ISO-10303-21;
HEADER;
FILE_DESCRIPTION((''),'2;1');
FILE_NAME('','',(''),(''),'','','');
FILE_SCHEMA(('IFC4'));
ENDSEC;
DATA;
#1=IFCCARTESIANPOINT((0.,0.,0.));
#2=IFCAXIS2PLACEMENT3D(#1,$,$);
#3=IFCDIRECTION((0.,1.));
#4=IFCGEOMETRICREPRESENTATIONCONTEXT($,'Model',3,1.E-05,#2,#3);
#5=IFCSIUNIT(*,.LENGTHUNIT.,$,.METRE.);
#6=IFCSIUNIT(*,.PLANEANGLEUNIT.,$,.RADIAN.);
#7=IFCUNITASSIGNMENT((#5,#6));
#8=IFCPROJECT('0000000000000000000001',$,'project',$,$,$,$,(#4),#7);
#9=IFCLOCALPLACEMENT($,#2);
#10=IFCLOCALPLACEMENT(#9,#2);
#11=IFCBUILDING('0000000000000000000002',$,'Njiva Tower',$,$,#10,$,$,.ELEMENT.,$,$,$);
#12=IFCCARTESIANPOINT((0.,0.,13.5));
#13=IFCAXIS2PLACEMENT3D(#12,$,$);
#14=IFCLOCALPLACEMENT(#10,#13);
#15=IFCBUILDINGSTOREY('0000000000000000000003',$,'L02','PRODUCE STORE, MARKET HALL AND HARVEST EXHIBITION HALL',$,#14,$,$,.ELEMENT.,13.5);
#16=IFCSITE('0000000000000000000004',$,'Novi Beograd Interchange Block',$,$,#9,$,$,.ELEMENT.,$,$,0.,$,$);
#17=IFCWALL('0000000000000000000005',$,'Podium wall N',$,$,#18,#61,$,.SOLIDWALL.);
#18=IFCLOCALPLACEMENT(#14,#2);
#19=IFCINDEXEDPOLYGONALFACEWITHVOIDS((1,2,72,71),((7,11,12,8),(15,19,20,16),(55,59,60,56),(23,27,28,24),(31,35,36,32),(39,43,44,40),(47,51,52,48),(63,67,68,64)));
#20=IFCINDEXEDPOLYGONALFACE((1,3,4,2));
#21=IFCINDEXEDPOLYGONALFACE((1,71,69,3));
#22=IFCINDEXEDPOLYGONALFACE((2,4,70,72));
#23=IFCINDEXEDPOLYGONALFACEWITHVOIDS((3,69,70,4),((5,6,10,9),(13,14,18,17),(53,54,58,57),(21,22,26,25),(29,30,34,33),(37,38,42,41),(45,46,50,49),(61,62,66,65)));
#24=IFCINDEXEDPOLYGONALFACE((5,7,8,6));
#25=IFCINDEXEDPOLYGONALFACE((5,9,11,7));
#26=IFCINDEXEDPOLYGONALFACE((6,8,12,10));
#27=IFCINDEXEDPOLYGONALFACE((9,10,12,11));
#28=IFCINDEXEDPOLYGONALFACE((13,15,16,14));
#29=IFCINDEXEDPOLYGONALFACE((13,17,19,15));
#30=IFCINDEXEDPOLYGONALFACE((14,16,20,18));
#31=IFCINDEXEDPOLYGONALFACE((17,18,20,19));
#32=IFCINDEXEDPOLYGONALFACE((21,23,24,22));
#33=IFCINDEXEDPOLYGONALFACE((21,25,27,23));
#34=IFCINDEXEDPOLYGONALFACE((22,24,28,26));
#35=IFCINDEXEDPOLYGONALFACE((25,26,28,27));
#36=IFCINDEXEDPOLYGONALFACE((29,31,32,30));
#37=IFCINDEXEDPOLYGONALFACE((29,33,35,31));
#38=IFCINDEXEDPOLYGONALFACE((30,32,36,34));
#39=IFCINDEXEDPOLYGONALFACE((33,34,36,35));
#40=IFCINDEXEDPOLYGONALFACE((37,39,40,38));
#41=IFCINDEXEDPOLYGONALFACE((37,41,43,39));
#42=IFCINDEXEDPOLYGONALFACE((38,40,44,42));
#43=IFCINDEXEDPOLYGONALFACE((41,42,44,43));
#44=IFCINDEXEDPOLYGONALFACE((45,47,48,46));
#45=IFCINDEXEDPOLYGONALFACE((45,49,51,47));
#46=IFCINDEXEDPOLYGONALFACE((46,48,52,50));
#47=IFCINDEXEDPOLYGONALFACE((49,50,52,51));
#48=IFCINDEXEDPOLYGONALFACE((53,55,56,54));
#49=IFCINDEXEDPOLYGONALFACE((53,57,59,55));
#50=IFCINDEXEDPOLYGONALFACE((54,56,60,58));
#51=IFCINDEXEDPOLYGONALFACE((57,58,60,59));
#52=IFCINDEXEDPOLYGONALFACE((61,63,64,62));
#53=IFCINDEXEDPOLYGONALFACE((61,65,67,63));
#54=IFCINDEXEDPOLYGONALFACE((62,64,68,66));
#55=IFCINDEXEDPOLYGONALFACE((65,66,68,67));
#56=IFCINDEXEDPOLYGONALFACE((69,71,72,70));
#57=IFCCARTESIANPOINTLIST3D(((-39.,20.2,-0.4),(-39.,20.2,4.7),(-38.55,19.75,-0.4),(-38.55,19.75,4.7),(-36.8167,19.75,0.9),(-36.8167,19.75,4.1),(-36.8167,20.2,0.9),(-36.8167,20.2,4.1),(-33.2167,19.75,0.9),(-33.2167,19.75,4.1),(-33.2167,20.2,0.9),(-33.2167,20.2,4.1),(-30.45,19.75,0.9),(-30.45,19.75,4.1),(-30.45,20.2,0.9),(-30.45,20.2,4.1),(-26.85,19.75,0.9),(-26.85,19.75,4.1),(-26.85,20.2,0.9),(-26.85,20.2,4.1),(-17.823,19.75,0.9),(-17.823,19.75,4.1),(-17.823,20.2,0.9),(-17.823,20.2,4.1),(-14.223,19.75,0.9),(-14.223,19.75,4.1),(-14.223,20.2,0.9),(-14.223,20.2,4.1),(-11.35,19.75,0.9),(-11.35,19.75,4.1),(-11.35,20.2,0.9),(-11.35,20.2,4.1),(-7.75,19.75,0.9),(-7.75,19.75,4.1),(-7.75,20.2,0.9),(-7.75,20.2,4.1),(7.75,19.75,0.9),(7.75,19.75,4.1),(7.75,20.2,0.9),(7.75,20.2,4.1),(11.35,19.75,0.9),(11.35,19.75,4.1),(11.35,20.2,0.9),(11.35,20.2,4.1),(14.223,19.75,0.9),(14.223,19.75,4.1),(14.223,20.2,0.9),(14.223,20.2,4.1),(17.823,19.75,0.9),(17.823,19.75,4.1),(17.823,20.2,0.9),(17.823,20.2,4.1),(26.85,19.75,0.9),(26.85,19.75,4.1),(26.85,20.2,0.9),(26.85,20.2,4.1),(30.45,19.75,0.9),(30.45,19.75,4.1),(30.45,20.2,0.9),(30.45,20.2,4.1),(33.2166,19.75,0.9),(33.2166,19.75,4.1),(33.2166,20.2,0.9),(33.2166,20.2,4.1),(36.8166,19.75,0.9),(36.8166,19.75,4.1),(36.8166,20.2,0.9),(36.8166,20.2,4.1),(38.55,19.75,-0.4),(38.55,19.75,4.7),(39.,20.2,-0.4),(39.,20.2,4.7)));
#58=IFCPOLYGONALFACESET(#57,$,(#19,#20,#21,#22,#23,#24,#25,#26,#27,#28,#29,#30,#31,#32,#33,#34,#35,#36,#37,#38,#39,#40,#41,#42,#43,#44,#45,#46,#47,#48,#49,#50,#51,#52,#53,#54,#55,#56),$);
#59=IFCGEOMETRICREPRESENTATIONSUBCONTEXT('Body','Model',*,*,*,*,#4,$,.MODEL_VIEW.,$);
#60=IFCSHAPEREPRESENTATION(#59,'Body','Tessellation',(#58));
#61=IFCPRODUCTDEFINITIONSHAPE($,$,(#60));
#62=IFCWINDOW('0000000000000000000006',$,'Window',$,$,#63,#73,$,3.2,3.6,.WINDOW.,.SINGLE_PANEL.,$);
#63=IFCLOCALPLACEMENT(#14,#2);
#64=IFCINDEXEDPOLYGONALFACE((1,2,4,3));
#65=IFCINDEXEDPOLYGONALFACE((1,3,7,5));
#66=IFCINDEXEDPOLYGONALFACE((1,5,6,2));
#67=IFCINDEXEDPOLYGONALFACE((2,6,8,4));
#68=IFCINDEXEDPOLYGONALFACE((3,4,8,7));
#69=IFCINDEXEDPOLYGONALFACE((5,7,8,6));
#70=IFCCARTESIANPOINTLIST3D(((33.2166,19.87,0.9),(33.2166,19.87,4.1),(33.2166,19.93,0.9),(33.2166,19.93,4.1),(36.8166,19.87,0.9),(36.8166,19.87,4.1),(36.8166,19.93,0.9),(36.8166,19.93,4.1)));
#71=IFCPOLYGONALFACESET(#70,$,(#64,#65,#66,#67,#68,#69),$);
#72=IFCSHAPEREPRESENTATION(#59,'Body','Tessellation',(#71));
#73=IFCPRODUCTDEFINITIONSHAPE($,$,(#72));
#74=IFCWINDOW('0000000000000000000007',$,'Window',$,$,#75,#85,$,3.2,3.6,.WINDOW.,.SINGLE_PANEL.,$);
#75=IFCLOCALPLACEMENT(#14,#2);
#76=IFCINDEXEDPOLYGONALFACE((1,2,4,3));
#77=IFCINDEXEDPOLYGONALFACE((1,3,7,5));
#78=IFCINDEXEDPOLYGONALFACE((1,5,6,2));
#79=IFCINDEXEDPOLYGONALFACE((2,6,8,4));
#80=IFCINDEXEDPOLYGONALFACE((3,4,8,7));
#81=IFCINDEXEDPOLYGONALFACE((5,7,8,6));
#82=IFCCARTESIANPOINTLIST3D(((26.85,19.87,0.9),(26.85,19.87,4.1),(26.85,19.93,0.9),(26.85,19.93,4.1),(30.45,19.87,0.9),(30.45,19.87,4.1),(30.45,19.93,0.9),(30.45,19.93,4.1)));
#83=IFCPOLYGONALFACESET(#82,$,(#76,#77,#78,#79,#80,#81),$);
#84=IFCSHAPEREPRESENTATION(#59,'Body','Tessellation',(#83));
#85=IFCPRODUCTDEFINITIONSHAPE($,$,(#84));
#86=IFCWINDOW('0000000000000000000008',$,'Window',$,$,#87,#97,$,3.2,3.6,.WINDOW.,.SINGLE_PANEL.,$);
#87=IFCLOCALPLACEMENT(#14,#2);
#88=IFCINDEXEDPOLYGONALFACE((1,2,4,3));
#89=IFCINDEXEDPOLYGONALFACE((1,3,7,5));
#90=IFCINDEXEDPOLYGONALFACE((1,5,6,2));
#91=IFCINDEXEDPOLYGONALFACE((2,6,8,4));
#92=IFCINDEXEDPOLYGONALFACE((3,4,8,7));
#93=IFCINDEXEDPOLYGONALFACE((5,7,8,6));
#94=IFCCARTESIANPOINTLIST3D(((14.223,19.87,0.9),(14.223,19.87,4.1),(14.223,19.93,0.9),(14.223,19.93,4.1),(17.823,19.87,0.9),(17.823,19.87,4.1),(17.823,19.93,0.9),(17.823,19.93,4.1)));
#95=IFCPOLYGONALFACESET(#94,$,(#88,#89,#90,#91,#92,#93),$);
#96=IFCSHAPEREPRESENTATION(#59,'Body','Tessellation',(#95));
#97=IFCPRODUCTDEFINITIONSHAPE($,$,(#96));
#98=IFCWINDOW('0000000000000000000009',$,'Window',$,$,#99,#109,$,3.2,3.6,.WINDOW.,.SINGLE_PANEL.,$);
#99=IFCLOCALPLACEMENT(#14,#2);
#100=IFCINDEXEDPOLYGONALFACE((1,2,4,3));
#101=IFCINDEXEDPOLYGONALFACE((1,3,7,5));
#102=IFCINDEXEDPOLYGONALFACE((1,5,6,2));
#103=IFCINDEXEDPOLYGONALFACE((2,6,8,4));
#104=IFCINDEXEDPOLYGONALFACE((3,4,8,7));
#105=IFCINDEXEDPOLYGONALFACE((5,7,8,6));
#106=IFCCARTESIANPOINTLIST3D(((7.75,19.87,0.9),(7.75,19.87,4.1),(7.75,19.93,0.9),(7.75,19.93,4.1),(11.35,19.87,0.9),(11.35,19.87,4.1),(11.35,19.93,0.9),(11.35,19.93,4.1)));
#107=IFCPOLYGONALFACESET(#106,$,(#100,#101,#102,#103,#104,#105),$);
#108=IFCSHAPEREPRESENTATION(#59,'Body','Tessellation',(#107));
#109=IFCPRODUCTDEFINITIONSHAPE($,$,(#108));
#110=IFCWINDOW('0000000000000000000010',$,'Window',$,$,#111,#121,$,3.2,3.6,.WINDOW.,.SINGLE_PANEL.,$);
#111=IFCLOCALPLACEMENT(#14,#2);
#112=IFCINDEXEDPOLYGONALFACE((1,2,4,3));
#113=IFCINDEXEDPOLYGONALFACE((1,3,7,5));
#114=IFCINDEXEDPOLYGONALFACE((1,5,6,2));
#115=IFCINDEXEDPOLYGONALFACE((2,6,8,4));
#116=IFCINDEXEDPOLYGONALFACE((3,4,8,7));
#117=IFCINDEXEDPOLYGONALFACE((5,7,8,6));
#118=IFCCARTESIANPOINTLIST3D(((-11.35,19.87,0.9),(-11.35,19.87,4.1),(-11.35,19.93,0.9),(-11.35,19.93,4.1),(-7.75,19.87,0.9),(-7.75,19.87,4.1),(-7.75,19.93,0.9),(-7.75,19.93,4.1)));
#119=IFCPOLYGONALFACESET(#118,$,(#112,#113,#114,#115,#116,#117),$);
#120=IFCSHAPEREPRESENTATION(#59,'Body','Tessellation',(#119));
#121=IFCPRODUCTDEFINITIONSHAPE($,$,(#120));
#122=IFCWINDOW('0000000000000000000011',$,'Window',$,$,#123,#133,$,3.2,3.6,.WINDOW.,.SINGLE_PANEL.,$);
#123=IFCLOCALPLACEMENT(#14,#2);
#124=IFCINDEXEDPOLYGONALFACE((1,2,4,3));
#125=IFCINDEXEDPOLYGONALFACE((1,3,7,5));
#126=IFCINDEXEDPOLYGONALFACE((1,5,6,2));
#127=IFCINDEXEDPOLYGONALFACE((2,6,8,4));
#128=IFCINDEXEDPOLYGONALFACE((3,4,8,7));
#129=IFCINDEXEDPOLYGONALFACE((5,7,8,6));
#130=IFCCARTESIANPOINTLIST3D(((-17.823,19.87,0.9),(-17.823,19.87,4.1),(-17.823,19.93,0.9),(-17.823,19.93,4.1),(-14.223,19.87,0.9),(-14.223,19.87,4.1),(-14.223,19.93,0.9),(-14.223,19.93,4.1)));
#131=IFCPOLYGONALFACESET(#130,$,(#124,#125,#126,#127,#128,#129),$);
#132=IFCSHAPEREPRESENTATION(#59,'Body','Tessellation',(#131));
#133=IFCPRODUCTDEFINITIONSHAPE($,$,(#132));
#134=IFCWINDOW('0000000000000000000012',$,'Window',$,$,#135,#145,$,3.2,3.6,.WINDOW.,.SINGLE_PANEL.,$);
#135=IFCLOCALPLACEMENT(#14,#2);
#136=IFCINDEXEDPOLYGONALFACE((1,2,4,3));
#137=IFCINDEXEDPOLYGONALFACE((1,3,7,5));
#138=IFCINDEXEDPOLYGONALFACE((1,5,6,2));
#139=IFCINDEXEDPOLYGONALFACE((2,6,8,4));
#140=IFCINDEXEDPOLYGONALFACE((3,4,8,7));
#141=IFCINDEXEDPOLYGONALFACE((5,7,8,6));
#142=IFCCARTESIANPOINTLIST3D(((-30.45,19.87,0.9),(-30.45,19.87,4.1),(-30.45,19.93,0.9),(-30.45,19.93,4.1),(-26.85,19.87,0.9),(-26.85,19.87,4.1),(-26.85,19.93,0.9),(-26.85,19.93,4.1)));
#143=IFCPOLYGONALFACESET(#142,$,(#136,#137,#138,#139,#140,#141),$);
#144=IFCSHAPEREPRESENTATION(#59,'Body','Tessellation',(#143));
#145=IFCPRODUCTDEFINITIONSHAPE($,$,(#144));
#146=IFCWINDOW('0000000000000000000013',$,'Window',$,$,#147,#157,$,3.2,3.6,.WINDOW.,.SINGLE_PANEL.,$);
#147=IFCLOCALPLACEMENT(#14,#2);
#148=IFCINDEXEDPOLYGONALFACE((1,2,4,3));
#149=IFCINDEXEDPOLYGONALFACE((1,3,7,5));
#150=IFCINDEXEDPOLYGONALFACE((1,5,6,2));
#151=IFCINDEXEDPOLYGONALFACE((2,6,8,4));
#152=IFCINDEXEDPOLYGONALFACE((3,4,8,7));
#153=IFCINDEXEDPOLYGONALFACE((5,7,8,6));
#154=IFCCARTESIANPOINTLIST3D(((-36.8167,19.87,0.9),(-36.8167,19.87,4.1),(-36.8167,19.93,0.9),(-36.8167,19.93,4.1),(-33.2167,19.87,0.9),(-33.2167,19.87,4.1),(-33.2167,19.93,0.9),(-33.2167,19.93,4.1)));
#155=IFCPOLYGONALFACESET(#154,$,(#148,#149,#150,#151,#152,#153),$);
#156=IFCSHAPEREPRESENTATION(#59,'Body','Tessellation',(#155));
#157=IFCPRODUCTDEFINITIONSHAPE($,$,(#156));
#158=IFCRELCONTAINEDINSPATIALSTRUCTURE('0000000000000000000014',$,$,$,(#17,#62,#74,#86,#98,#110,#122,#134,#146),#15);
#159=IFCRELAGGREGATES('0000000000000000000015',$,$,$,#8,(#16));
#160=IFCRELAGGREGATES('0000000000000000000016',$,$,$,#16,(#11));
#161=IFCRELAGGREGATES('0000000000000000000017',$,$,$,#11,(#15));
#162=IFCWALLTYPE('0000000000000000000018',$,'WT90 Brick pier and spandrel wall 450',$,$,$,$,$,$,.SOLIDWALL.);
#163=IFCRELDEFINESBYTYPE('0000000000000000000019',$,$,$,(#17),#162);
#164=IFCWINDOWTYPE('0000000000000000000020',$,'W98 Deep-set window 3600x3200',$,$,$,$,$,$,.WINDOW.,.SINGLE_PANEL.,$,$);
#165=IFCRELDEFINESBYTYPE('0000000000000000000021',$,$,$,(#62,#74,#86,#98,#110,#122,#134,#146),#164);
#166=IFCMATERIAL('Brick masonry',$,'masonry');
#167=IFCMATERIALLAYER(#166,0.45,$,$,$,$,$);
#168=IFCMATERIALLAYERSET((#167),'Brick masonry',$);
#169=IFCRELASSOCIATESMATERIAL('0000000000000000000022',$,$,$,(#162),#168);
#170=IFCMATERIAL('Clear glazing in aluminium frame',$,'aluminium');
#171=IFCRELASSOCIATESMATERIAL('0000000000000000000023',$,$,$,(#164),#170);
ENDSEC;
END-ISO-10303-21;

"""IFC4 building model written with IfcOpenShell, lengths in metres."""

from ifc_helpers import new_model, si_unit, direction, frame, frame_2d, origin, place, context, subcontext, project, spatial, polyline, rectangle, outline, extrude, material, layer, layer_set, type_object, element, fill, save


model = new_model("IFC4")

# Units and contexts
model_context = context("Model", 3, precision=1e-05, world=origin(), true_north=direction((0.0, 1.0)))
body_context = subcontext(model_context, "Body", "Model", "MODEL_VIEW")
ifc_project = project(units=[si_unit("LENGTHUNIT", "METRE"), si_unit("PLANEANGLEUNIT", "RADIAN")], contexts=[model_context])

# Site, building, storey
site_placement = place(None, origin())
site = spatial("IfcSite", under=ifc_project, at=site_placement, Name="Novi Beograd Interchange Block", CompositionType="ELEMENT", RefElevation=0.0)
building_placement = place(site_placement, origin())
building = spatial("IfcBuilding", under=site, at=building_placement, Name="Njiva Tower", CompositionType="ELEMENT")
storey_placement = place(building_placement, frame((0.0, 0.0, 13.5)))
storey = spatial("IfcBuildingStorey", under=building, at=storey_placement, Name="L02", Description="PRODUCE STORE, MARKET HALL AND HARVEST EXHIBITION HALL", CompositionType="ELEMENT", Elevation=13.5)

# Wall, openings, windows
ifc_material_1 = material(Name="Brick masonry", Category="masonry")
ifc_layer_1 = layer(ifc_material_1, 0.45)
ifc_layer_set_1 = layer_set([ifc_layer_1], Name="Brick masonry")
wall_type_1 = type_object("IfcWallType", Name="WT90 Brick pier and spandrel wall 450", PredefinedType="SOLIDWALL", material=ifc_layer_set_1)
wall_1_placement = place(storey_placement, frame((38.775, 19.975, -0.4), z_axis=(0.0, 0.0, 1.0), x_axis=(-1.0, 0.0, 0.0)))
wall_1 = element("IfcWall", 1, at=wall_1_placement, inside=storey, type_object=wall_type_1, Name="Podium wall N", PredefinedType="SOLIDWALL", context=body_context, shape_type="SweptSolid", body=[
    extrude(outline(polyline([(-0.225, -0.225), (77.775, -0.225), (77.325, 0.225), (0.225, 0.225), (-0.225, -0.225)])), origin(), (0.0, 0.0, 1.0), 5.1),
])
opening_1_placement = place(wall_1_placement, frame((1.9584, 0.0, 1.3)))
opening_1 = element("IfcOpeningElement", 2, at=opening_1_placement, cuts=wall_1, PredefinedType="OPENING", context=body_context, shape_type="SweptSolid", body=[
    extrude(rectangle(XDim=3.6, YDim=3.2, at=frame_2d((1.8, 1.6))), frame((0.0, 0.235, 0.0), z_axis=(0.0, -1.0, 0.0), x_axis=(1.0, 0.0, 0.0)), (0.0, 0.0, 1.0), 0.47),
])
opening_2_placement = place(wall_1_placement, frame((8.325, 0.0, 1.3)))
opening_2 = element("IfcOpeningElement", 3, at=opening_2_placement, cuts=wall_1, PredefinedType="OPENING", context=body_context, shape_type="SweptSolid", body=[
    extrude(rectangle(XDim=3.6, YDim=3.2, at=frame_2d((1.8, 1.6))), frame((0.0, 0.235, 0.0), z_axis=(0.0, -1.0, 0.0), x_axis=(1.0, 0.0, 0.0)), (0.0, 0.0, 1.0), 0.47),
])
opening_3_placement = place(wall_1_placement, frame((20.952, 0.0, 1.3)))
opening_3 = element("IfcOpeningElement", 4, at=opening_3_placement, cuts=wall_1, PredefinedType="OPENING", context=body_context, shape_type="SweptSolid", body=[
    extrude(rectangle(XDim=3.6, YDim=3.2, at=frame_2d((1.8, 1.6))), frame((0.0, 0.235, 0.0), z_axis=(0.0, -1.0, 0.0), x_axis=(1.0, 0.0, 0.0)), (0.0, 0.0, 1.0), 0.47),
])
opening_4_placement = place(wall_1_placement, frame((27.425, 0.0, 1.3)))
opening_4 = element("IfcOpeningElement", 5, at=opening_4_placement, cuts=wall_1, PredefinedType="OPENING", context=body_context, shape_type="SweptSolid", body=[
    extrude(rectangle(XDim=3.6, YDim=3.2, at=frame_2d((1.8, 1.6))), frame((0.0, 0.235, 0.0), z_axis=(0.0, -1.0, 0.0), x_axis=(1.0, 0.0, 0.0)), (0.0, 0.0, 1.0), 0.47),
])
opening_5_placement = place(wall_1_placement, frame((46.525, 0.0, 1.3)))
opening_5 = element("IfcOpeningElement", 6, at=opening_5_placement, cuts=wall_1, PredefinedType="OPENING", context=body_context, shape_type="SweptSolid", body=[
    extrude(rectangle(XDim=3.6, YDim=3.2, at=frame_2d((1.8, 1.6))), frame((0.0, 0.235, 0.0), z_axis=(0.0, -1.0, 0.0), x_axis=(1.0, 0.0, 0.0)), (0.0, 0.0, 1.0), 0.47),
])
opening_6_placement = place(wall_1_placement, frame((52.998, 0.0, 1.3)))
opening_6 = element("IfcOpeningElement", 7, at=opening_6_placement, cuts=wall_1, PredefinedType="OPENING", context=body_context, shape_type="SweptSolid", body=[
    extrude(rectangle(XDim=3.6, YDim=3.2, at=frame_2d((1.8, 1.6))), frame((0.0, 0.235, 0.0), z_axis=(0.0, -1.0, 0.0), x_axis=(1.0, 0.0, 0.0)), (0.0, 0.0, 1.0), 0.47),
])
opening_7_placement = place(wall_1_placement, frame((65.625, 0.0, 1.3)))
opening_7 = element("IfcOpeningElement", 8, at=opening_7_placement, cuts=wall_1, PredefinedType="OPENING", context=body_context, shape_type="SweptSolid", body=[
    extrude(rectangle(XDim=3.6, YDim=3.2, at=frame_2d((1.8, 1.6))), frame((0.0, 0.235, 0.0), z_axis=(0.0, -1.0, 0.0), x_axis=(1.0, 0.0, 0.0)), (0.0, 0.0, 1.0), 0.47),
])
opening_8_placement = place(wall_1_placement, frame((71.9917, 0.0, 1.3)))
opening_8 = element("IfcOpeningElement", 9, at=opening_8_placement, cuts=wall_1, PredefinedType="OPENING", context=body_context, shape_type="SweptSolid", body=[
    extrude(rectangle(XDim=3.6, YDim=3.2, at=frame_2d((1.8, 1.6))), frame((0.0, 0.235, 0.0), z_axis=(0.0, -1.0, 0.0), x_axis=(1.0, 0.0, 0.0)), (0.0, 0.0, 1.0), 0.47),
])
ifc_material_2 = material(Name="Clear glazing in aluminium frame", Category="aluminium")
window_type = type_object("IfcWindowType", Name="W98 Deep-set window 3600x3200", PartitioningType="SINGLE_PANEL", PredefinedType="WINDOW", material=ifc_material_2)
window_1_placement = place(opening_1_placement, origin())
window_1 = element("IfcWindow", 10, at=window_1_placement, inside=storey, type_object=window_type, Name="Window", OverallHeight=3.2, OverallWidth=3.6, PartitioningType="SINGLE_PANEL", PredefinedType="WINDOW", context=body_context, shape_type="SweptSolid", body=[
    extrude(rectangle(XDim=3.6, YDim=3.2, at=frame_2d((1.8, 1.6))), frame((0.0, 0.105, 0.0), z_axis=(0.0, -1.0, 0.0), x_axis=(1.0, 0.0, 0.0)), (0.0, 0.0, 1.0), 0.06),
])
fill(opening_1, window_1)
window_2_placement = place(opening_2_placement, origin())
window_2 = element("IfcWindow", 11, at=window_2_placement, inside=storey, type_object=window_type, Name="Window", OverallHeight=3.2, OverallWidth=3.6, PartitioningType="SINGLE_PANEL", PredefinedType="WINDOW", context=body_context, shape_type="SweptSolid", body=[
    extrude(rectangle(XDim=3.6, YDim=3.2, at=frame_2d((1.8, 1.6))), frame((0.0, 0.105, 0.0), z_axis=(0.0, -1.0, 0.0), x_axis=(1.0, 0.0, 0.0)), (0.0, 0.0, 1.0), 0.06),
])
fill(opening_2, window_2)
window_3_placement = place(opening_3_placement, origin())
window_3 = element("IfcWindow", 12, at=window_3_placement, inside=storey, type_object=window_type, Name="Window", OverallHeight=3.2, OverallWidth=3.6, PartitioningType="SINGLE_PANEL", PredefinedType="WINDOW", context=body_context, shape_type="SweptSolid", body=[
    extrude(rectangle(XDim=3.6, YDim=3.2, at=frame_2d((1.8, 1.6))), frame((0.0, 0.105, 0.0), z_axis=(0.0, -1.0, 0.0), x_axis=(1.0, 0.0, 0.0)), (0.0, 0.0, 1.0), 0.06),
])
fill(opening_3, window_3)
window_4_placement = place(opening_4_placement, origin())
window_4 = element("IfcWindow", 13, at=window_4_placement, inside=storey, type_object=window_type, Name="Window", OverallHeight=3.2, OverallWidth=3.6, PartitioningType="SINGLE_PANEL", PredefinedType="WINDOW", context=body_context, shape_type="SweptSolid", body=[
    extrude(rectangle(XDim=3.6, YDim=3.2, at=frame_2d((1.8, 1.6))), frame((0.0, 0.105, 0.0), z_axis=(0.0, -1.0, 0.0), x_axis=(1.0, 0.0, 0.0)), (0.0, 0.0, 1.0), 0.06),
])
fill(opening_4, window_4)
window_5_placement = place(opening_5_placement, origin())
window_5 = element("IfcWindow", 14, at=window_5_placement, inside=storey, type_object=window_type, Name="Window", OverallHeight=3.2, OverallWidth=3.6, PartitioningType="SINGLE_PANEL", PredefinedType="WINDOW", context=body_context, shape_type="SweptSolid", body=[
    extrude(rectangle(XDim=3.6, YDim=3.2, at=frame_2d((1.8, 1.6))), frame((0.0, 0.105, 0.0), z_axis=(0.0, -1.0, 0.0), x_axis=(1.0, 0.0, 0.0)), (0.0, 0.0, 1.0), 0.06),
])
fill(opening_5, window_5)
window_6_placement = place(opening_6_placement, origin())
window_6 = element("IfcWindow", 15, at=window_6_placement, inside=storey, type_object=window_type, Name="Window", OverallHeight=3.2, OverallWidth=3.6, PartitioningType="SINGLE_PANEL", PredefinedType="WINDOW", context=body_context, shape_type="SweptSolid", body=[
    extrude(rectangle(XDim=3.6, YDim=3.2, at=frame_2d((1.8, 1.6))), frame((0.0, 0.105, 0.0), z_axis=(0.0, -1.0, 0.0), x_axis=(1.0, 0.0, 0.0)), (0.0, 0.0, 1.0), 0.06),
])
fill(opening_6, window_6)
window_7_placement = place(opening_7_placement, origin())
window_7 = element("IfcWindow", 16, at=window_7_placement, inside=storey, type_object=window_type, Name="Window", OverallHeight=3.2, OverallWidth=3.6, PartitioningType="SINGLE_PANEL", PredefinedType="WINDOW", context=body_context, shape_type="SweptSolid", body=[
    extrude(rectangle(XDim=3.6, YDim=3.2, at=frame_2d((1.8, 1.6))), frame((0.0, 0.105, 0.0), z_axis=(0.0, -1.0, 0.0), x_axis=(1.0, 0.0, 0.0)), (0.0, 0.0, 1.0), 0.06),
])
fill(opening_7, window_7)
window_8_placement = place(opening_8_placement, origin())
window_8 = element("IfcWindow", 17, at=window_8_placement, inside=storey, type_object=window_type, Name="Window", OverallHeight=3.2, OverallWidth=3.6, PartitioningType="SINGLE_PANEL", PredefinedType="WINDOW", context=body_context, shape_type="SweptSolid", body=[
    extrude(rectangle(XDim=3.6, YDim=3.2, at=frame_2d((1.8, 1.6))), frame((0.0, 0.105, 0.0), z_axis=(0.0, -1.0, 0.0), x_axis=(1.0, 0.0, 0.0)), (0.0, 0.0, 1.0), 0.06),
])
fill(opening_8, window_8)

save(model, "model.ifc")
